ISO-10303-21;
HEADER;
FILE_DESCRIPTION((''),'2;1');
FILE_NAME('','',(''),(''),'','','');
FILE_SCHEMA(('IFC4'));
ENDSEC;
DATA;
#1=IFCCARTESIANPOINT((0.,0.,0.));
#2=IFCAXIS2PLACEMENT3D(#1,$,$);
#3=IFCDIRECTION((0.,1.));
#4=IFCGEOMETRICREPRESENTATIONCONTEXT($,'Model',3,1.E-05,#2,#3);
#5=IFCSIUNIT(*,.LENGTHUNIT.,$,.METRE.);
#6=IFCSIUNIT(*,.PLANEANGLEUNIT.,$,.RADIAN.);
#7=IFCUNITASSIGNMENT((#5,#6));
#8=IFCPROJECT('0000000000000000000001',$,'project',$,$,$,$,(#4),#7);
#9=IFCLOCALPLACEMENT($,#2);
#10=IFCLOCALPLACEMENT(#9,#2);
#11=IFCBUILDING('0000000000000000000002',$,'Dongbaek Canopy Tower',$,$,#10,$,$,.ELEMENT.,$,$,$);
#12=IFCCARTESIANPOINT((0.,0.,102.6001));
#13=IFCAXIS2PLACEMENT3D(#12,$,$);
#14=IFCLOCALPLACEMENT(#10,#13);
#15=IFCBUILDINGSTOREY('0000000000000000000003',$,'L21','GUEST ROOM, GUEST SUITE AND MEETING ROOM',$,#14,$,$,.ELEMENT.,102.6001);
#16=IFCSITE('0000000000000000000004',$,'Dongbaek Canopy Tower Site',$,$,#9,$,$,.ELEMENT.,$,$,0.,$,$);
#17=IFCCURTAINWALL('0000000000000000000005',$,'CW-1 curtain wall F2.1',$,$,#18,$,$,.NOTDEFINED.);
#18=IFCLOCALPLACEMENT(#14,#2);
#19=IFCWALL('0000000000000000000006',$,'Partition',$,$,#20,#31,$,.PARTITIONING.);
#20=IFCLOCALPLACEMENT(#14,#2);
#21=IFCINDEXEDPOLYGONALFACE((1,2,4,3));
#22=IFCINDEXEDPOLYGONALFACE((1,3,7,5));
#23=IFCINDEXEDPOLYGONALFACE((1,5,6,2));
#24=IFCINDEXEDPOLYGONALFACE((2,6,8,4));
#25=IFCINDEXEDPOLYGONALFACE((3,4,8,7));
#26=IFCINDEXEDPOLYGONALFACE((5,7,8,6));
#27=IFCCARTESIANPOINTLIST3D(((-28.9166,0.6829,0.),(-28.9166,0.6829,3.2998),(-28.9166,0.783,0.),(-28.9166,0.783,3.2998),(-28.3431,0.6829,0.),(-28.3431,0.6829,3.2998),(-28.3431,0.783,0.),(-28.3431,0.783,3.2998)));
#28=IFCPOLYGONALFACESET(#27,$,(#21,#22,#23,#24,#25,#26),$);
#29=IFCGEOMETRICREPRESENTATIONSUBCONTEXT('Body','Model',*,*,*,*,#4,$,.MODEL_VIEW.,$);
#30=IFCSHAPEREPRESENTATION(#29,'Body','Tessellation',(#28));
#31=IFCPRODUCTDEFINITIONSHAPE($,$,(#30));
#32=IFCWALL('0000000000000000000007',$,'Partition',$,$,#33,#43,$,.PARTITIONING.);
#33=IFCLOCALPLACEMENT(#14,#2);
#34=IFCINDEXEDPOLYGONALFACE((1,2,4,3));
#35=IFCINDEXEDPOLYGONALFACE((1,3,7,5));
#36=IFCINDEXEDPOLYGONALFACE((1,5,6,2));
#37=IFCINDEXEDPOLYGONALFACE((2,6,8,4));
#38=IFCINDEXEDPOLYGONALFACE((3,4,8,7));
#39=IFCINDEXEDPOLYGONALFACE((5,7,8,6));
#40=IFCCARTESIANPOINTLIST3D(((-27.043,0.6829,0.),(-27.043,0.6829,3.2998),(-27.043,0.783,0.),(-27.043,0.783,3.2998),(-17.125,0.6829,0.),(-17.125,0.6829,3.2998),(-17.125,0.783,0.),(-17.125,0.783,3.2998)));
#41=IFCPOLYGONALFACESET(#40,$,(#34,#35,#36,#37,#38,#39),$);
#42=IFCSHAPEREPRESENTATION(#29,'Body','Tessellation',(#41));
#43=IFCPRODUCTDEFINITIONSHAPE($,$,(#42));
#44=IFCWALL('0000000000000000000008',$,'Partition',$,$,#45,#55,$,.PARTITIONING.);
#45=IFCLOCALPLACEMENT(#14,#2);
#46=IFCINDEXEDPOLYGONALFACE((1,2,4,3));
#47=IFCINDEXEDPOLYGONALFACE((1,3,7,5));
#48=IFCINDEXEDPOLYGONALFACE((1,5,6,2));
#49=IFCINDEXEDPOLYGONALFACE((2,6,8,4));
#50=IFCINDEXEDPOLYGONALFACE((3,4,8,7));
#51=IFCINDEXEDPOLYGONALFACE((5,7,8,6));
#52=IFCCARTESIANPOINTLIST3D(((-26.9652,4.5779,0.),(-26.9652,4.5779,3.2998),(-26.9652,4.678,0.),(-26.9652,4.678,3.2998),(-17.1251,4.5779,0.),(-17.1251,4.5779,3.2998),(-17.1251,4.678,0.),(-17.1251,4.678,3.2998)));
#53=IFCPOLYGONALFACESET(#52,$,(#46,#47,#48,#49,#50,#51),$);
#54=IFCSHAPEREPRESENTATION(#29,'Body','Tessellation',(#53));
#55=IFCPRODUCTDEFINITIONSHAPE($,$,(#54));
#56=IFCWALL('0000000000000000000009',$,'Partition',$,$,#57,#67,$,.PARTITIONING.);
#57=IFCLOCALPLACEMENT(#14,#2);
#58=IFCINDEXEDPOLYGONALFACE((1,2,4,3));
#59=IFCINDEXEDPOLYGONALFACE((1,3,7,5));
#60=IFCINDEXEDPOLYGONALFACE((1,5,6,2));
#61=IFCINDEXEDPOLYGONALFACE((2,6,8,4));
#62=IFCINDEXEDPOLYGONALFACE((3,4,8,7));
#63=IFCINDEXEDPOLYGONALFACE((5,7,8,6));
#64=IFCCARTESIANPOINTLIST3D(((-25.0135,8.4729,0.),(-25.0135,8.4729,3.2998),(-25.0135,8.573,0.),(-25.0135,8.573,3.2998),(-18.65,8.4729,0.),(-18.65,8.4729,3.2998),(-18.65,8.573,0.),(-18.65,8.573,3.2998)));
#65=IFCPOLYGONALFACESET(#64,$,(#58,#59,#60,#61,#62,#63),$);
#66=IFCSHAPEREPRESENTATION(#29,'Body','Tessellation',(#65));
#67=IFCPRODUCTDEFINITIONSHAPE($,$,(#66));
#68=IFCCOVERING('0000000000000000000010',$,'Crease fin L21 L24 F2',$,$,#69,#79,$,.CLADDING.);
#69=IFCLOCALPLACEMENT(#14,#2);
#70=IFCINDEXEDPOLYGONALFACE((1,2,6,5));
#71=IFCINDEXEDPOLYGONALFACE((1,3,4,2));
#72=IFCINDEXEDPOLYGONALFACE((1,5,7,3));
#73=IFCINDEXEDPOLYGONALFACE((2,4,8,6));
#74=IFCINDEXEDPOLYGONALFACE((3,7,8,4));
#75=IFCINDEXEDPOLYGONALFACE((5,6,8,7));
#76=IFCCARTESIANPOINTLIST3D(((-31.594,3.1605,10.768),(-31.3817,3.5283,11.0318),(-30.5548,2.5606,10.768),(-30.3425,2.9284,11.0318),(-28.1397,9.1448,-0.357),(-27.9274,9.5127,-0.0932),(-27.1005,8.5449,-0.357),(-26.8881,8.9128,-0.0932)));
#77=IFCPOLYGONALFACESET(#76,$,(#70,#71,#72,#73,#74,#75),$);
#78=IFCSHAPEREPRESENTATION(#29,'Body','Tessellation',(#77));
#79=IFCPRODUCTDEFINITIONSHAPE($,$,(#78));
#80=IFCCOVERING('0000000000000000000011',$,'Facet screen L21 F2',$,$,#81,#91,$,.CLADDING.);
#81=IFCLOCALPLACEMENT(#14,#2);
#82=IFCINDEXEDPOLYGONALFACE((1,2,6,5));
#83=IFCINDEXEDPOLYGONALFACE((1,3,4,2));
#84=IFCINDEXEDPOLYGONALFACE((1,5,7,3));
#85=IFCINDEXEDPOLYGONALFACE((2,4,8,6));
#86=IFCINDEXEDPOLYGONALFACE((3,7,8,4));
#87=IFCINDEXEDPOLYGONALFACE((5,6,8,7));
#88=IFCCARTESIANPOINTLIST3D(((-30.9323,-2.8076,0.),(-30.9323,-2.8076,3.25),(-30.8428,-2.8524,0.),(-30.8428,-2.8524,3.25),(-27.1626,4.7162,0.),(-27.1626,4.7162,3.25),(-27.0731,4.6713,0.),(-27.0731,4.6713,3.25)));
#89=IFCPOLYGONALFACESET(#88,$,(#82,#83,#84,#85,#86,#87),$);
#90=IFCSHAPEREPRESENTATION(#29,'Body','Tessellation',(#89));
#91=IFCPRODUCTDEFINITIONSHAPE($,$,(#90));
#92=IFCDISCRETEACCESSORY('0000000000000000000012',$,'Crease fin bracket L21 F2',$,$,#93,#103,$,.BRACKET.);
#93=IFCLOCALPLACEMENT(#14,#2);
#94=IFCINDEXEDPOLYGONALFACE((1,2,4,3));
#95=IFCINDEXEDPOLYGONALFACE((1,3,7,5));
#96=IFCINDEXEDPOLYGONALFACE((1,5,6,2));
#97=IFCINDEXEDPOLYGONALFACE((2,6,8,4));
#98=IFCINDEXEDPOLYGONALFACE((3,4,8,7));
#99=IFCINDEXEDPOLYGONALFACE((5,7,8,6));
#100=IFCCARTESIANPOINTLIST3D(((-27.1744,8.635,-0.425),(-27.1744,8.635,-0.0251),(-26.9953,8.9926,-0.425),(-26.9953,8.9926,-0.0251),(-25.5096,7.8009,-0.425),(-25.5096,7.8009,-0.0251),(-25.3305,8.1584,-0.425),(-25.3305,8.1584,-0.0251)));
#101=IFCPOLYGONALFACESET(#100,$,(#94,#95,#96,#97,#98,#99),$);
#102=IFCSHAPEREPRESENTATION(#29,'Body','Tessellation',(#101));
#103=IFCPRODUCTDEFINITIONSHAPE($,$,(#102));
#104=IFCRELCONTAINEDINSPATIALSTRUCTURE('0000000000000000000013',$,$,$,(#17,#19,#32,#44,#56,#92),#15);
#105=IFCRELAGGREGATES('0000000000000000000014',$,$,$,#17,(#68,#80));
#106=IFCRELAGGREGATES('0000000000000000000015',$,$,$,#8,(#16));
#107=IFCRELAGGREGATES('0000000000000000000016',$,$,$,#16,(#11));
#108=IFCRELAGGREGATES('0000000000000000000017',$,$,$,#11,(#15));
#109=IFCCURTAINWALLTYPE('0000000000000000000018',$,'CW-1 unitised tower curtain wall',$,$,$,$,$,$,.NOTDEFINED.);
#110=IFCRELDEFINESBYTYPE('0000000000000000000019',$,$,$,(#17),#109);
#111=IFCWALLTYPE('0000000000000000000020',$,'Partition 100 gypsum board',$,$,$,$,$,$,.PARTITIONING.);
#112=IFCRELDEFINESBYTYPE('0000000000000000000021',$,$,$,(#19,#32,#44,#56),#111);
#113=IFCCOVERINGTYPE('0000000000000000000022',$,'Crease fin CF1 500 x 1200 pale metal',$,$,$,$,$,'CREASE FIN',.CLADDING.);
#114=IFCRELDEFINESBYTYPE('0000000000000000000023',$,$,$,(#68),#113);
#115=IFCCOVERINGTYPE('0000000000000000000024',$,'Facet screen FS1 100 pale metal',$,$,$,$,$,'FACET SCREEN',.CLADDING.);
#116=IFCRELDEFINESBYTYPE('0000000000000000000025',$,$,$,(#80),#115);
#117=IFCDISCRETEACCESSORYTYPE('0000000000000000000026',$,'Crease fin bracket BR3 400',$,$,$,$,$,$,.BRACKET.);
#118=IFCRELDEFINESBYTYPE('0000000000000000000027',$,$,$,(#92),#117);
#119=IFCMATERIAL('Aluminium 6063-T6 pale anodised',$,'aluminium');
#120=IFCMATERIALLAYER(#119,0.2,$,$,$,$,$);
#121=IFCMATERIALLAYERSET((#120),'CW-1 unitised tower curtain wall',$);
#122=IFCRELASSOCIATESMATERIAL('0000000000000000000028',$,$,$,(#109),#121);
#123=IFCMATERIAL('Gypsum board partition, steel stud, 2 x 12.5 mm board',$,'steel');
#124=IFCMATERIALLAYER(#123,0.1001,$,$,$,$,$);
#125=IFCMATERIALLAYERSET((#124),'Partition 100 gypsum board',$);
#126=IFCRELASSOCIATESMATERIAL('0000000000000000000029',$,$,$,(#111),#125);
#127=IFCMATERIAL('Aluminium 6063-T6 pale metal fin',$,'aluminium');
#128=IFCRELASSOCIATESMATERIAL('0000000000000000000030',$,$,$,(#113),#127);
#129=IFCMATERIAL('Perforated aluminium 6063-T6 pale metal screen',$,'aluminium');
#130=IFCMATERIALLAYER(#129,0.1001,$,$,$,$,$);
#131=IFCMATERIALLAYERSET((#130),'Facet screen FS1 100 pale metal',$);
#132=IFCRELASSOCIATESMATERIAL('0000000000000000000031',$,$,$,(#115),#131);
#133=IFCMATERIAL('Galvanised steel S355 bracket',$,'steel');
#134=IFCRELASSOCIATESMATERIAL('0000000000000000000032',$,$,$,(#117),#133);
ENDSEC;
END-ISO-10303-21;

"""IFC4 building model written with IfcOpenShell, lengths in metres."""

from ifc_helpers import new_model, si_unit, direction, frame, frame_2d, origin, origin_2d, place, context, subcontext, project, spatial, rectangle, extrude, material, layer, layer_set, material_profile, profile_set, type_object, element, aggregate, save


model = new_model("IFC4")

# Units and contexts
model_context = context("Model", 3, precision=1e-05, world=origin(), true_north=direction((0.0, 1.0)))
body_context = subcontext(model_context, "Body", "Model", "MODEL_VIEW")
ifc_project = project(units=[si_unit("LENGTHUNIT", "METRE"), si_unit("PLANEANGLEUNIT", "RADIAN")], contexts=[model_context])

# Site, building, storey
site_placement = place(None, origin())
site = spatial("IfcSite", under=ifc_project, at=site_placement, Name="Dongbaek Canopy Tower Site", CompositionType="ELEMENT", RefElevation=0.0)
building_placement = place(site_placement, origin())
building = spatial("IfcBuilding", under=site, at=building_placement, Name="Dongbaek Canopy Tower", CompositionType="ELEMENT")
storey_placement = place(building_placement, frame((0.0, 0.0, 102.6001)))
storey = spatial("IfcBuildingStorey", under=building, at=storey_placement, Name="L21", Description="GUEST ROOM, GUEST SUITE AND MEETING ROOM", CompositionType="ELEMENT", Elevation=102.6001)

# Curtain wall
ifc_material_1 = material(Name="Aluminium 6063-T6 pale anodised", Category="aluminium")
ifc_layer_1 = layer(ifc_material_1, 0.2)
ifc_layer_set_1 = layer_set([ifc_layer_1], Name="CW-1 unitised tower curtain wall")
curtain_wall_type = type_object("IfcCurtainWallType", Name="CW-1 unitised tower curtain wall", PredefinedType="NOTDEFINED", material=ifc_layer_set_1)
curtain_wall_placement = place(storey_placement, origin())
curtain_wall = element("IfcCurtainWall", 1, at=curtain_wall_placement, inside=storey, type_object=curtain_wall_type, Name="CW-1 curtain wall F2.1", PredefinedType="NOTDEFINED")

# Walls
ifc_material_2 = material(Name="Gypsum board partition, steel stud, 2 x 12.5 mm board", Category="steel")
ifc_layer_2 = layer(ifc_material_2, 0.1001)
ifc_layer_set_2 = layer_set([ifc_layer_2], Name="Partition 100 gypsum board")
wall_type_1 = type_object("IfcWallType", Name="Partition 100 gypsum board", PredefinedType="PARTITIONING", material=ifc_layer_set_2)
wall_1_placement = place(storey_placement, frame((-28.9165, 0.7329, 0.0), z_axis=(0.0, 0.0, 1.0), x_axis=(1.0, 0.0, 0.0)))
element("IfcWall", 2, at=wall_1_placement, inside=storey, type_object=wall_type_1, Name="Partition", PredefinedType="PARTITIONING", context=body_context, shape_type="SweptSolid", body=[
    extrude(rectangle(XDim=0.5735, YDim=0.1001, at=frame_2d((0.2866, 0.0))), origin(), (0.0, 0.0, 1.0), 3.2998),
])
wall_2_placement = place(storey_placement, frame((-27.043, 0.7329, 0.0), z_axis=(0.0, 0.0, 1.0), x_axis=(1.0, 0.0, 0.0)))
element("IfcWall", 3, at=wall_2_placement, inside=storey, type_object=wall_type_1, Name="Partition", PredefinedType="PARTITIONING", context=body_context, shape_type="SweptSolid", body=[
    extrude(rectangle(XDim=9.918, YDim=0.1001, at=frame_2d((4.959, 0.0))), origin(), (0.0, 0.0, 1.0), 3.2998),
])
wall_3_placement = place(storey_placement, frame((-26.9651, 4.6279, 0.0), z_axis=(0.0, 0.0, 1.0), x_axis=(1.0, 0.0, 0.0)))
element("IfcWall", 4, at=wall_3_placement, inside=storey, type_object=wall_type_1, Name="Partition", PredefinedType="PARTITIONING", context=body_context, shape_type="SweptSolid", body=[
    extrude(rectangle(XDim=9.8401, YDim=0.1001, at=frame_2d((4.9199, 0.0))), origin(), (0.0, 0.0, 1.0), 3.2998),
])
wall_4_placement = place(storey_placement, frame((-25.0134, 8.5229, 0.0), z_axis=(0.0, 0.0, 1.0), x_axis=(1.0, 0.0, 0.0)))
element("IfcWall", 5, at=wall_4_placement, inside=storey, type_object=wall_type_1, Name="Partition", PredefinedType="PARTITIONING", context=body_context, shape_type="SweptSolid", body=[
    extrude(rectangle(XDim=6.3635, YDim=0.1001, at=frame_2d((3.1816, 0.0))), origin(), (0.0, 0.0, 1.0), 3.2998),
])

# Coverings
ifc_material_3 = material(Name="Aluminium 6063-T6 pale metal fin", Category="aluminium")
ifc_material_profile_1 = material_profile(ifc_material_3, rectangle(XDim=1.2, YDim=0.5, at=origin_2d()), Name="Crease fin CF1 500 x 1200 pale metal")
ifc_profile_set_1 = profile_set([ifc_material_profile_1], Name="Aluminium 6063-T6 pale metal fin")
covering_type_1 = type_object("IfcCoveringType", Name="Crease fin CF1 500 x 1200 pale metal", ElementType="CREASE FIN", PredefinedType="CLADDING", material=ifc_profile_set_1)
covering_1_placement = place(storey_placement, frame((-27.5139, 9.0288, -0.2251), z_axis=(-0.263767, -0.456955, 0.849482), x_axis=(0.866071, -0.49992, 0.0)))
covering_1 = element("IfcCovering", 6, at=covering_1_placement, type_object=covering_type_1, Name="Crease fin L21 L24 F2", PredefinedType="CLADDING", context=body_context, shape_type="SweptSolid", body=[
    extrude(rectangle(XDim=1.2, YDim=0.5, at=origin_2d()), origin(), (0.0, 0.0, 1.0), 13.0962),
])
ifc_material_4 = material(Name="Perforated aluminium 6063-T6 pale metal screen", Category="aluminium")
ifc_layer_3 = layer(ifc_material_4, 0.1001)
ifc_layer_set_3 = layer_set([ifc_layer_3], Name="Facet screen FS1 100 pale metal")
covering_type_2 = type_object("IfcCoveringType", Name="Facet screen FS1 100 pale metal", ElementType="FACET SCREEN", PredefinedType="CLADDING", material=ifc_layer_set_3)
covering_2_placement = place(storey_placement, frame((-29.0027, 0.9319, 0.0), z_axis=(0.0, 0.0, 1.0), x_axis=(-0.447956, -0.894056, 0.0)))
covering_2 = element("IfcCovering", 7, at=covering_2_placement, type_object=covering_type_2, Name="Facet screen L21 F2", PredefinedType="CLADDING", context=body_context, shape_type="SweptSolid", body=[
    extrude(rectangle(XDim=8.4153, YDim=0.1001, at=origin_2d()), origin(), (0.0, 0.0, 1.0), 3.25),
])
aggregate(curtain_wall, [covering_1, covering_2])

# Discrete accessory
ifc_material_5 = material(Name="Galvanised steel S355 bracket", Category="steel")
discrete_accessory_type = type_object("IfcDiscreteAccessoryType", Name="Crease fin bracket BR3 400", PredefinedType="BRACKET", material=ifc_material_5)
discrete_accessory_placement = place(storey_placement, frame((-26.2524, 8.3967, -0.425), z_axis=(0.0, 0.0, 1.0), x_axis=(-0.894056, 0.447956, 0.0)))
element("IfcDiscreteAccessory", 8, at=discrete_accessory_placement, inside=storey, type_object=discrete_accessory_type, Name="Crease fin bracket L21 F2", PredefinedType="BRACKET", context=body_context, shape_type="SweptSolid", body=[
    extrude(rectangle(XDim=1.8621, YDim=0.3999, at=origin_2d()), origin(), (0.0, 0.0, 1.0), 0.3999),
])

save(model, "model.ifc")
